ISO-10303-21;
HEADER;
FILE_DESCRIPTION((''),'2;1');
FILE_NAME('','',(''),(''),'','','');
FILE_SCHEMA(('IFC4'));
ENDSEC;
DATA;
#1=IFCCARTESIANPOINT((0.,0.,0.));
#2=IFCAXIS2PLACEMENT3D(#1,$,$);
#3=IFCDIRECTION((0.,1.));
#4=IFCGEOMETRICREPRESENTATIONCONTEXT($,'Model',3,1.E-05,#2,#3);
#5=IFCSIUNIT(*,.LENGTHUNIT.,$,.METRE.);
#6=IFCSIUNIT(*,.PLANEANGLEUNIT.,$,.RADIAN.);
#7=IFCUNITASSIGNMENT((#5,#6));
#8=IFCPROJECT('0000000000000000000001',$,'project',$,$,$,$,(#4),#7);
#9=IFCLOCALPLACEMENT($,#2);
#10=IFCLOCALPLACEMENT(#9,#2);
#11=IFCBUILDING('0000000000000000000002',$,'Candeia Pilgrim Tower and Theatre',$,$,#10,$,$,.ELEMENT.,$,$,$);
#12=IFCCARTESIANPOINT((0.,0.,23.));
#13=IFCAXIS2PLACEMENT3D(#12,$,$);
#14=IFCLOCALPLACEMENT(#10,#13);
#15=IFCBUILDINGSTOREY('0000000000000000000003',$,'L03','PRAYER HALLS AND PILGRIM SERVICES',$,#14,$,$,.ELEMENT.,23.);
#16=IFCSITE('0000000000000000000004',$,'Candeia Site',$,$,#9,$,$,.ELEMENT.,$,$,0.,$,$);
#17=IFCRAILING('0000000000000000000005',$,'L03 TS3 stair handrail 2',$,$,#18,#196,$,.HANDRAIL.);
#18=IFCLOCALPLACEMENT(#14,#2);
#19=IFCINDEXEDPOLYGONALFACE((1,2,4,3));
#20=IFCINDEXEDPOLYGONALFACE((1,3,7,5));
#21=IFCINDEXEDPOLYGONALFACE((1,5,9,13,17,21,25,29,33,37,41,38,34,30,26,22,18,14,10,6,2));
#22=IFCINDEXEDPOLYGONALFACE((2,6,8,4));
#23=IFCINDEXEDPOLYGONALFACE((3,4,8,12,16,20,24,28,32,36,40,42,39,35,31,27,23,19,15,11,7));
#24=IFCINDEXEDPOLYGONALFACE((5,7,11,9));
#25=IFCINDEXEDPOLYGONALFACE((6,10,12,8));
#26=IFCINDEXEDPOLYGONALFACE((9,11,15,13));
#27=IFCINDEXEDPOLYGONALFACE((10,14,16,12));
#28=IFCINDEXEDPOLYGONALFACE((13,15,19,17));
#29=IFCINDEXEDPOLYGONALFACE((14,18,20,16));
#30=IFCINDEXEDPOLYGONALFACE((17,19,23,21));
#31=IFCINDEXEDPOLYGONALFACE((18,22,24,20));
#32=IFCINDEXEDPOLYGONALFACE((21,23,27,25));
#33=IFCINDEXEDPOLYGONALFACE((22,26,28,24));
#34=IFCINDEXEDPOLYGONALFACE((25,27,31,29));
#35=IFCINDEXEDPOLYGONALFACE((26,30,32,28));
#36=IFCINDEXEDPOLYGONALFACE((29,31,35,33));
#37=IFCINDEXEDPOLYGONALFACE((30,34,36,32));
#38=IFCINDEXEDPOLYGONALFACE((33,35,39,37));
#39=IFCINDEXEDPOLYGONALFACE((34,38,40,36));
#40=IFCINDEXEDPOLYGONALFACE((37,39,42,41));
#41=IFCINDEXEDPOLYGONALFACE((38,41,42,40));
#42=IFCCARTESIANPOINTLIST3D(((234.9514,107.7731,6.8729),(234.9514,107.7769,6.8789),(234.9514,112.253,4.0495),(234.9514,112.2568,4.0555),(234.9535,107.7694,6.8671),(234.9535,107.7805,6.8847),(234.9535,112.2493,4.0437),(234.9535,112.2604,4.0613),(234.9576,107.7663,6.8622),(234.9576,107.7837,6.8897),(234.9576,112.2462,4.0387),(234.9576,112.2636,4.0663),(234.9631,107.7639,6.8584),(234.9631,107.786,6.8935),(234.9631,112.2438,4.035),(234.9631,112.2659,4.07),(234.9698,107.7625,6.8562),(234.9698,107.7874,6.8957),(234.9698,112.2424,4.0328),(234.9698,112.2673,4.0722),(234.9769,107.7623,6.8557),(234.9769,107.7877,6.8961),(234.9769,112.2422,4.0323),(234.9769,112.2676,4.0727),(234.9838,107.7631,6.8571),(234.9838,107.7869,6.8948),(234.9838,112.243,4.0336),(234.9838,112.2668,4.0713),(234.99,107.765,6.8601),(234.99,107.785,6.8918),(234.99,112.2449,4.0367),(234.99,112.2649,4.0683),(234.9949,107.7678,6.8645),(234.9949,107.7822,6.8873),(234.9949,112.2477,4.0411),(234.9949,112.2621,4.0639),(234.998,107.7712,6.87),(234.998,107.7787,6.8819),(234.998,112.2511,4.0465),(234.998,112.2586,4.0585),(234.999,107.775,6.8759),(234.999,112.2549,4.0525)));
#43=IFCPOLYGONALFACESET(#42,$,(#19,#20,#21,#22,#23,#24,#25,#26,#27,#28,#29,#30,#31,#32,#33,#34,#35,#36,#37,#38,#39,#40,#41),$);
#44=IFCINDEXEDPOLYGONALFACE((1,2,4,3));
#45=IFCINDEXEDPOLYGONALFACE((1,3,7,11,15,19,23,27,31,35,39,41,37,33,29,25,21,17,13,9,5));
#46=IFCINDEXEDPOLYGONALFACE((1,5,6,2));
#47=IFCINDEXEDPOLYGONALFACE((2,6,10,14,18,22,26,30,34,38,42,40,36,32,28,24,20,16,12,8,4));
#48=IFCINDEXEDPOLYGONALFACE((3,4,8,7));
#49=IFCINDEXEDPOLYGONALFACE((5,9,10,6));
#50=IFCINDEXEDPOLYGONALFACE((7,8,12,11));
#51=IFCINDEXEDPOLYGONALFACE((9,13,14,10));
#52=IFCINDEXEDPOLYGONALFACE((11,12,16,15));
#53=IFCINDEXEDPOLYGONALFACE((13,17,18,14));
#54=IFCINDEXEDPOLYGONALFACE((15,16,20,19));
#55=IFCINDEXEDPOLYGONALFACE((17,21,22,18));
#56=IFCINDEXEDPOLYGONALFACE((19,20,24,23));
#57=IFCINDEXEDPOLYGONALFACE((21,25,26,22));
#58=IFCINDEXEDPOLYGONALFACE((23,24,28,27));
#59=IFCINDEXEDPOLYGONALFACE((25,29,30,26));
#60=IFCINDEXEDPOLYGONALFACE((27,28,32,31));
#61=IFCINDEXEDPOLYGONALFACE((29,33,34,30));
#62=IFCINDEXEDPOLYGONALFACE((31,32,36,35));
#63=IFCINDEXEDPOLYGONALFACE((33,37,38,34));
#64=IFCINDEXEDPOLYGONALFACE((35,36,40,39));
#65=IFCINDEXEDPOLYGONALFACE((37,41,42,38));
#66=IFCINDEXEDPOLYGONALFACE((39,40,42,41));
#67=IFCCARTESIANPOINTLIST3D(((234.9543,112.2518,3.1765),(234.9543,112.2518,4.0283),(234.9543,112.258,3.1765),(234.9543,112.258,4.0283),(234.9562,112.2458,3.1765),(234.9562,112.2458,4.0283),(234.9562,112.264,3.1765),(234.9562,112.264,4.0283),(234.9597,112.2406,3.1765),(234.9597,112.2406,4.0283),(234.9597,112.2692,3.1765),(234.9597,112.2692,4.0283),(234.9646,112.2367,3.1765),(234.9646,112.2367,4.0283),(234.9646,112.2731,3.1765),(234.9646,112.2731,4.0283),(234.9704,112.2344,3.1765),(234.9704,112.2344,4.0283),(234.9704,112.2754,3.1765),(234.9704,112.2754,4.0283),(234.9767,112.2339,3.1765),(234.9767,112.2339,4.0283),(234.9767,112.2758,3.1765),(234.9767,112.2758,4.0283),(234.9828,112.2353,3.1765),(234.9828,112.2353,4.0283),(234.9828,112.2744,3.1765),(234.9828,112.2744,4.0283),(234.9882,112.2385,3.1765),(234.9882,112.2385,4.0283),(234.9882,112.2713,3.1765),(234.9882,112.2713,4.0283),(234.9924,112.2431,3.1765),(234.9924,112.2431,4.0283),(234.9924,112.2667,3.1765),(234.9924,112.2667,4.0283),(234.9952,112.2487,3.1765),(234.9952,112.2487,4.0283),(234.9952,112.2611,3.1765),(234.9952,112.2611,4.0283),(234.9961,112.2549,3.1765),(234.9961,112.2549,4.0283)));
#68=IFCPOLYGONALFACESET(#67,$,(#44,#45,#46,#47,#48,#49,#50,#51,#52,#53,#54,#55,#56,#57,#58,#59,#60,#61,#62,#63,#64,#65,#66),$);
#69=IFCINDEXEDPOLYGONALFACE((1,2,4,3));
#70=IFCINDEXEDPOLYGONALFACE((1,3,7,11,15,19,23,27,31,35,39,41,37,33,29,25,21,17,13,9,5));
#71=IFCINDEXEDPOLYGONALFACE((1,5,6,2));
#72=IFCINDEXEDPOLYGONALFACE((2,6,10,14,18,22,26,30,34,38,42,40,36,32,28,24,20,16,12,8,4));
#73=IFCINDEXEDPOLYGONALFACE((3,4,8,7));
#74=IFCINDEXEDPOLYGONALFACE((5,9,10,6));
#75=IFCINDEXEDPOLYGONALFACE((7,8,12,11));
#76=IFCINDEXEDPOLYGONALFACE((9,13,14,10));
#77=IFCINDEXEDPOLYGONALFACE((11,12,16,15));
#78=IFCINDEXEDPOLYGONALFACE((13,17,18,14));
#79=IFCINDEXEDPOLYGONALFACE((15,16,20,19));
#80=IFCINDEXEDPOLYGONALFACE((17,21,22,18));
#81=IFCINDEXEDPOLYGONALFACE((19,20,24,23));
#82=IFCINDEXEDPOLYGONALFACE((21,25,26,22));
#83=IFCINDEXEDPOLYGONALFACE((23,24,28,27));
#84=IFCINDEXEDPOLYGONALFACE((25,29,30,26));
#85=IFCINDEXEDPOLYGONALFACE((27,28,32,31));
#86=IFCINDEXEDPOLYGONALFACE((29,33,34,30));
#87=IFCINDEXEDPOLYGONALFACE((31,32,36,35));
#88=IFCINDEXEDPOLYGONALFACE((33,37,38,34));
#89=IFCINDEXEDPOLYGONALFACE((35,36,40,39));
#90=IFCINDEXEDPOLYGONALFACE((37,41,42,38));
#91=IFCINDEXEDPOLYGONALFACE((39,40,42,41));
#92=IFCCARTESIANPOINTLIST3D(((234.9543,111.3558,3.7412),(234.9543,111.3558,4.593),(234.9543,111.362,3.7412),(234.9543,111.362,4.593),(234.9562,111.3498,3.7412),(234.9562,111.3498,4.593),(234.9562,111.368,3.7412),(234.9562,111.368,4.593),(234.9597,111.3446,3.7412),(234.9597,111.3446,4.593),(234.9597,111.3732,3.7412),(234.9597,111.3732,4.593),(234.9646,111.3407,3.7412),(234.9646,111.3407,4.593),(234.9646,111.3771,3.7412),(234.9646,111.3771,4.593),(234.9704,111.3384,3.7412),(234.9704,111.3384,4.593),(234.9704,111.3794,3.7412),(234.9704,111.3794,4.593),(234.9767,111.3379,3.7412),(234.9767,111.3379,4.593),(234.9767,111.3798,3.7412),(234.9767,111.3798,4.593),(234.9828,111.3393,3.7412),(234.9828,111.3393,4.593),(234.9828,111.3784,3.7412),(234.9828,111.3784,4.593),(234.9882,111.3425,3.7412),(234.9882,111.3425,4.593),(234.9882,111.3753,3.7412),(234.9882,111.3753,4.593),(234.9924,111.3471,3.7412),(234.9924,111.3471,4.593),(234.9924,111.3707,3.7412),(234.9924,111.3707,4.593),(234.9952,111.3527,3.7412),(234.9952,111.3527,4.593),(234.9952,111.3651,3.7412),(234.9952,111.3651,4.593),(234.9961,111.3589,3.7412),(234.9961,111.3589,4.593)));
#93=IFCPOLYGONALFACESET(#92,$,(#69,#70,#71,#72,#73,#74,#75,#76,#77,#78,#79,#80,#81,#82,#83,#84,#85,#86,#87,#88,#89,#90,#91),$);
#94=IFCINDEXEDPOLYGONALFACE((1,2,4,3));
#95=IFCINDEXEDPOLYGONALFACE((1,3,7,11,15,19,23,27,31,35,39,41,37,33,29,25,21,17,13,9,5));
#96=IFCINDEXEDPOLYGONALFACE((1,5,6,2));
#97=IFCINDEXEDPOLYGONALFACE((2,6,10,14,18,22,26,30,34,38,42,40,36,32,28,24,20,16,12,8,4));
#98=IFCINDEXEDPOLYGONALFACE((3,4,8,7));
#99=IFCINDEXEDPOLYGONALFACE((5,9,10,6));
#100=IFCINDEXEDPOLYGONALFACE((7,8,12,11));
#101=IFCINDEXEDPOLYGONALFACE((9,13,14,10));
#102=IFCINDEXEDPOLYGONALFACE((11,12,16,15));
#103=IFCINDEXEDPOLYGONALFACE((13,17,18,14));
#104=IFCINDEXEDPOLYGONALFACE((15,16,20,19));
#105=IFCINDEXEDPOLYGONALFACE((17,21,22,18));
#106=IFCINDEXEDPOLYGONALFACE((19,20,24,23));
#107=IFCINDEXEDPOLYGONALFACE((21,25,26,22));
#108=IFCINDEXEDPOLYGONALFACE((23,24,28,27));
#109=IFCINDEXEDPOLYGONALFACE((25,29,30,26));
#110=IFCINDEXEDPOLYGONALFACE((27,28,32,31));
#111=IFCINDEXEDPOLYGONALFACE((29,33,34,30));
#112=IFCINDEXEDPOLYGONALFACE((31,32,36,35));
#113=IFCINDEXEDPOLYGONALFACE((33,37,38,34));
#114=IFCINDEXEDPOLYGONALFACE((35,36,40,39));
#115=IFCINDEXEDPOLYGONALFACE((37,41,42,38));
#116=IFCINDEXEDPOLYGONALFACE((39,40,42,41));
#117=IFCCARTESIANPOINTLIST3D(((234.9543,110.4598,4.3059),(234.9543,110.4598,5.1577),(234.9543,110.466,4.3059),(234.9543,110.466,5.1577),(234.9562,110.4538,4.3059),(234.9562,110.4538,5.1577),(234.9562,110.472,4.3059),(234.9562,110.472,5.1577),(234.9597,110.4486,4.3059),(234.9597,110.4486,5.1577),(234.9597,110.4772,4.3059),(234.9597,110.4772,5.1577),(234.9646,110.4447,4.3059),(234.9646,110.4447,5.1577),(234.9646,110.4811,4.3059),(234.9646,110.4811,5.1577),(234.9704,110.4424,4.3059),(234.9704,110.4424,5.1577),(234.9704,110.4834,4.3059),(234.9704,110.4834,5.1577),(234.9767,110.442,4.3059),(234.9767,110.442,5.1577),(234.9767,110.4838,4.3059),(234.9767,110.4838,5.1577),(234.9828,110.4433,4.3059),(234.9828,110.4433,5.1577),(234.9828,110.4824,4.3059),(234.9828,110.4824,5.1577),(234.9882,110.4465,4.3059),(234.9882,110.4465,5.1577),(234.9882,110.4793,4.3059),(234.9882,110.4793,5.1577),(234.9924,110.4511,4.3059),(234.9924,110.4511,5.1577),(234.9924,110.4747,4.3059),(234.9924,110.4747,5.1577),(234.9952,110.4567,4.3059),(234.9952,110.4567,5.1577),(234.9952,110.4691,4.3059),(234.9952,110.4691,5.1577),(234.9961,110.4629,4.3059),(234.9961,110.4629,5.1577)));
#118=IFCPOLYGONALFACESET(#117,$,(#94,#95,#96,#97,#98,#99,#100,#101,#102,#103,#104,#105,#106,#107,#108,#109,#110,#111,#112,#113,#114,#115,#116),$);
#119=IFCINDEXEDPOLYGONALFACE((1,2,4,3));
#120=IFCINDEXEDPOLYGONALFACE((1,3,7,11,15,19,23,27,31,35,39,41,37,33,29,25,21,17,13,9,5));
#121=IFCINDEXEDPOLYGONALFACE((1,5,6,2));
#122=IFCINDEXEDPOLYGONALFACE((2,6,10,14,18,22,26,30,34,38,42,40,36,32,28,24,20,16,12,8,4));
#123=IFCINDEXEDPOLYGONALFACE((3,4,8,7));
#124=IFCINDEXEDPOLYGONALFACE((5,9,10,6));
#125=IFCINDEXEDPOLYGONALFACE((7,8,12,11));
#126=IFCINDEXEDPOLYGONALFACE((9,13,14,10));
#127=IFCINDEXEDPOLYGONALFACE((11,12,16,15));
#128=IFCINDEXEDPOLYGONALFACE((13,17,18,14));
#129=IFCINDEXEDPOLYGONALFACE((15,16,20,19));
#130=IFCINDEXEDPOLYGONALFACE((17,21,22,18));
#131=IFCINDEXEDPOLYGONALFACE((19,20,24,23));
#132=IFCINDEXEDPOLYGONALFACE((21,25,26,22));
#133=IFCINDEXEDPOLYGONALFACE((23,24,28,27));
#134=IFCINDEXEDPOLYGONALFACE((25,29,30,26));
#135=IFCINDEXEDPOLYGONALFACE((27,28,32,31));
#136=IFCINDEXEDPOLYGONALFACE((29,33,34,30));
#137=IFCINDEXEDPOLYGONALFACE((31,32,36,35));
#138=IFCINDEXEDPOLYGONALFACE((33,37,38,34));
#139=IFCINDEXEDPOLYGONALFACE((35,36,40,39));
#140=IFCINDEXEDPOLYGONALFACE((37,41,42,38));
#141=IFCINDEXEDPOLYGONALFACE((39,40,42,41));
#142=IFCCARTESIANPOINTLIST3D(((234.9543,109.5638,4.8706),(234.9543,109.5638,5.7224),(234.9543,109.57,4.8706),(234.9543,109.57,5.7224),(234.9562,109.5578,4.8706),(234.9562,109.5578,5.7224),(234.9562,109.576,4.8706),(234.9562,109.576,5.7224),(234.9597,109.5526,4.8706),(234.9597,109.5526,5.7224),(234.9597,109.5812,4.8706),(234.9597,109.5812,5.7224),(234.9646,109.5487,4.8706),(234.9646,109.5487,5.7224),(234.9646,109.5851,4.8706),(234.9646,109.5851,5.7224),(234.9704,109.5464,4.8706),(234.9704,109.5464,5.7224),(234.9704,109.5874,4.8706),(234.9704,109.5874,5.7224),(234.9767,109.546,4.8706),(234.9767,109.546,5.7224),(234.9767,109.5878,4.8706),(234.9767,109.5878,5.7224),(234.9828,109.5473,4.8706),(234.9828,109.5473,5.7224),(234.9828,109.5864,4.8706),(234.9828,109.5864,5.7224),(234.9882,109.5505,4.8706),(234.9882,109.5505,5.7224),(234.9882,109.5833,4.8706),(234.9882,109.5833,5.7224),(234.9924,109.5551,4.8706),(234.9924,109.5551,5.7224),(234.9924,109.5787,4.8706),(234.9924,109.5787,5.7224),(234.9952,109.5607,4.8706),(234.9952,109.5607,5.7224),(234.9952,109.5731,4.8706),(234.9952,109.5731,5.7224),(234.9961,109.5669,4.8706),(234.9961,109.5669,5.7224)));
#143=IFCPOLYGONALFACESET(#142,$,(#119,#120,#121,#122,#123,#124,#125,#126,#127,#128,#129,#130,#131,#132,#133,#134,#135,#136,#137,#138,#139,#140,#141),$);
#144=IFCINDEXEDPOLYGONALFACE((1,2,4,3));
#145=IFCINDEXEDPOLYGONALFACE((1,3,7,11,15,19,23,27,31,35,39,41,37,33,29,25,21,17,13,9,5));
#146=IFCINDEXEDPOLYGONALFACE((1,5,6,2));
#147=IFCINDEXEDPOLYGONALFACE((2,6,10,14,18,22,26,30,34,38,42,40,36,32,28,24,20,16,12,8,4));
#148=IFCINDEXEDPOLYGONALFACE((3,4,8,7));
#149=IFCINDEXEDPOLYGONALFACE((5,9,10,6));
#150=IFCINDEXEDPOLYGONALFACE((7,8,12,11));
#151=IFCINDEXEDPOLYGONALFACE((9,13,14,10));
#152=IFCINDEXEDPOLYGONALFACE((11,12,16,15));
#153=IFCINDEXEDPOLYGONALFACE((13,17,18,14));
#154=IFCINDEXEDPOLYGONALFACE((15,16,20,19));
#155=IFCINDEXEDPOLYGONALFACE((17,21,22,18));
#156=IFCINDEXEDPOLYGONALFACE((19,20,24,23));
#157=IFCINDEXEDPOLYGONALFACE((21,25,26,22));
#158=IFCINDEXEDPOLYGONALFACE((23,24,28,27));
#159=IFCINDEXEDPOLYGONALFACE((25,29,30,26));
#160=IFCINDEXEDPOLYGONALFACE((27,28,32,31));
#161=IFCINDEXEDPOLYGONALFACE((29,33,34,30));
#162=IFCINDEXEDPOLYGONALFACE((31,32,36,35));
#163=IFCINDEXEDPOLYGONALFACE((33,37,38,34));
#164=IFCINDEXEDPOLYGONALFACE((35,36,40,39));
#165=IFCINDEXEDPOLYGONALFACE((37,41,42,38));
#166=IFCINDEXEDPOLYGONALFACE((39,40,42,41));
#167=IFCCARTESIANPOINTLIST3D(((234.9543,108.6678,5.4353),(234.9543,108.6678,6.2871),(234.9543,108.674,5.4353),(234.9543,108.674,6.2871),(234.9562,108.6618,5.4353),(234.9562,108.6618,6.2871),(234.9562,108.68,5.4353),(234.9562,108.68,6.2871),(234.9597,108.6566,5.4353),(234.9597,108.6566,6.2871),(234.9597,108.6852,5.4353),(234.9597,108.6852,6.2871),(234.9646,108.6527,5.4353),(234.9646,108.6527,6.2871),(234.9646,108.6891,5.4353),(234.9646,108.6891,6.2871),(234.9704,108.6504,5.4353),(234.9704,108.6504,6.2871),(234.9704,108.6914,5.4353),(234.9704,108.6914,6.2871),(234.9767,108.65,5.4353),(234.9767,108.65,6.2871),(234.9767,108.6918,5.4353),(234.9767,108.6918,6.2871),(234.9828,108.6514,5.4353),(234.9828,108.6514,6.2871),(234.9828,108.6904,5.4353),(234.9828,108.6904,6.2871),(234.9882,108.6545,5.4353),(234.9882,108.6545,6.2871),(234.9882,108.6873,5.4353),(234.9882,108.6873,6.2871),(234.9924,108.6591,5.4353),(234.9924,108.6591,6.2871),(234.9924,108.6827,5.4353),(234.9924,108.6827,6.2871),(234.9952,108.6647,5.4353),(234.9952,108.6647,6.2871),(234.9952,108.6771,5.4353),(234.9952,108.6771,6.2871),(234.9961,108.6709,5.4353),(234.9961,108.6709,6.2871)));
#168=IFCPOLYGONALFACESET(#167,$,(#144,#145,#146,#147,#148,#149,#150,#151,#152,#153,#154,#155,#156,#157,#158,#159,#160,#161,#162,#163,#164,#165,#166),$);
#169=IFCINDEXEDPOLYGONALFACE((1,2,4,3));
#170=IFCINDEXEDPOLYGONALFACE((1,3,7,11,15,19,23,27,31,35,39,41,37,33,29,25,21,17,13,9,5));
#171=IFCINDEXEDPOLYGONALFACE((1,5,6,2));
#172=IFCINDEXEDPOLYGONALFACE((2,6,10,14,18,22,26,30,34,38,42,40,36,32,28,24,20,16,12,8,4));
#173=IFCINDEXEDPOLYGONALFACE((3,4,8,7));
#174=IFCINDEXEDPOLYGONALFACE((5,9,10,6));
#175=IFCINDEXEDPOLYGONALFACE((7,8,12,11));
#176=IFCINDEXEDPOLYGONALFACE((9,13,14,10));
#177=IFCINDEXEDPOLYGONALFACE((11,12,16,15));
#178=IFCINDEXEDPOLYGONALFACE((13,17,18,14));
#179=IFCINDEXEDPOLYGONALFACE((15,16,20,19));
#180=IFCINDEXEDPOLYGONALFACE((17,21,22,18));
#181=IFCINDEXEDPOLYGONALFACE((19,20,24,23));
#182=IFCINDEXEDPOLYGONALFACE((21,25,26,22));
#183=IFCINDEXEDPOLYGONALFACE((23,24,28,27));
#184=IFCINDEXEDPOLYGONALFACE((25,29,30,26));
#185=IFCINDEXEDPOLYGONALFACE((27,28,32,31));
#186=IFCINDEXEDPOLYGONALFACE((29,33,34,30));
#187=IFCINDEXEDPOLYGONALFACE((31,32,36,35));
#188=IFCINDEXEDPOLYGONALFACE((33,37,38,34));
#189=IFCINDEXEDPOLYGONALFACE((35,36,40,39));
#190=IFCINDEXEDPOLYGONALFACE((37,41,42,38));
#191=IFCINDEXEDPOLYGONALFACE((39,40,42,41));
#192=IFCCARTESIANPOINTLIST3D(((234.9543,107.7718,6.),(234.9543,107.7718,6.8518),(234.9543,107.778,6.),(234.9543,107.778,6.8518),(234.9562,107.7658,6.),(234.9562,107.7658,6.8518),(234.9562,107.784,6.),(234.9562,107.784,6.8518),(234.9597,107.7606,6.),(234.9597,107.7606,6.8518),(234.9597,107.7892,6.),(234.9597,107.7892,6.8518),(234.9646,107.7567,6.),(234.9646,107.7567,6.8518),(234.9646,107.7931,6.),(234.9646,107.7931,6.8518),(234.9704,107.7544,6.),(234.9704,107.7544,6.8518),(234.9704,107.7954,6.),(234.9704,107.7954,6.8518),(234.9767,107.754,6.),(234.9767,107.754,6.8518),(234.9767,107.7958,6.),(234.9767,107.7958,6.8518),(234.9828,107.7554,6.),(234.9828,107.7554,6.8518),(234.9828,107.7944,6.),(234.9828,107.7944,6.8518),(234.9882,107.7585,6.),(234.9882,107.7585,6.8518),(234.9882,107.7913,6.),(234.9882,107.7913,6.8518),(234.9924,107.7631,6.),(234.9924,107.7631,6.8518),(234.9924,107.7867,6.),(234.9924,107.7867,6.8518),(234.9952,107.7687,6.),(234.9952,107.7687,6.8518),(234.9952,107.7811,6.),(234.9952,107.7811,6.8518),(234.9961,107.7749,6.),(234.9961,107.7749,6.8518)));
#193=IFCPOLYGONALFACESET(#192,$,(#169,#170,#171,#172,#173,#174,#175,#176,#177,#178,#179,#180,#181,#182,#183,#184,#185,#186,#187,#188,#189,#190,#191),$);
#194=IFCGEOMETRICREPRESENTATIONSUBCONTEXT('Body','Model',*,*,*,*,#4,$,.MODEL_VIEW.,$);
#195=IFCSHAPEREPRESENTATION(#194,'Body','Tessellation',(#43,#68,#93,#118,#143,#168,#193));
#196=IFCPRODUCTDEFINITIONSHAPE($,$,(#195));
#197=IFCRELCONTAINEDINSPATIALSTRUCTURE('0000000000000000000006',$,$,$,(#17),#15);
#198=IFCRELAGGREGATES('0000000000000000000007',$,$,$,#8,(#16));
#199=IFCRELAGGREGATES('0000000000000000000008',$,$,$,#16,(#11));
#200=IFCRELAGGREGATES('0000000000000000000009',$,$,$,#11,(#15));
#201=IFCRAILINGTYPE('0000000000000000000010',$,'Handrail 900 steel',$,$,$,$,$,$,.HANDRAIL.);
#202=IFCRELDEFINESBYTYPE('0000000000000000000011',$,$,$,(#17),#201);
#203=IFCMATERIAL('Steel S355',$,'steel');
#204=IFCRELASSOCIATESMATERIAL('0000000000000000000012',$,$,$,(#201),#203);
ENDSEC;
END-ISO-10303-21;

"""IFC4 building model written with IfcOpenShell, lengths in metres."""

from ifc_helpers import new_model, si_unit, direction, frame, origin, origin_2d, place, context, subcontext, project, spatial, circle, extrude, material, type_object, element, save


model = new_model("IFC4")

# Units and contexts
model_context = context("Model", 3, precision=1e-05, world=origin(), true_north=direction((0.0, 1.0)))
body_context = subcontext(model_context, "Body", "Model", "MODEL_VIEW")
ifc_project = project(units=[si_unit("LENGTHUNIT", "METRE"), si_unit("PLANEANGLEUNIT", "RADIAN")], contexts=[model_context])

# Site, building, storey
site_placement = place(None, origin())
site = spatial("IfcSite", under=ifc_project, at=site_placement, Name="Candeia Site", CompositionType="ELEMENT", RefElevation=0.0)
building_placement = place(site_placement, origin())
building = spatial("IfcBuilding", under=site, at=building_placement, Name="Candeia Pilgrim Tower and Theatre", CompositionType="ELEMENT")
storey_placement = place(building_placement, frame((0.0, 0.0, 23.0)))
storey = spatial("IfcBuildingStorey", under=building, at=storey_placement, Name="L03", Description="PRAYER HALLS AND PILGRIM SERVICES", CompositionType="ELEMENT", Elevation=23.0)

# Railing
ifc_material_1 = material(Name="Steel S355", Category="steel")
railing_type_1 = type_object("IfcRailingType", Name="Handrail 900 steel", PredefinedType="HANDRAIL", material=ifc_material_1)
railing_1_placement = place(storey_placement, frame((234.9751, 112.2549, 3.1765)))
element("IfcRailing", 1, at=railing_1_placement, inside=storey, type_object=railing_type_1, Name="L03 TS3 stair handrail 2", PredefinedType="HANDRAIL", context=body_context, shape_type="SweptSolid", body=[
    extrude(circle(Radius=0.0239, at=origin_2d()), frame((0.0, 0.0, 0.876), z_axis=(0.0, -0.845998, 0.533186), x_axis=(1.0, 0.0, 0.0)), (0.0, 0.0, 1.0), 5.2954),
    extrude(circle(Radius=0.021, at=origin_2d()), origin(), (0.0, 0.0, 1.0), 0.8518),
    extrude(circle(Radius=0.021, at=origin_2d()), frame((0.0, -0.896, 0.5647)), (0.0, 0.0, 1.0), 0.8518),
    extrude(circle(Radius=0.021, at=origin_2d()), frame((0.0, -1.792, 1.1294)), (0.0, 0.0, 1.0), 0.8518),
    extrude(circle(Radius=0.021, at=origin_2d()), frame((0.0, -2.688, 1.6941)), (0.0, 0.0, 1.0), 0.8518),
    extrude(circle(Radius=0.021, at=origin_2d()), frame((0.0, -3.584, 2.2588)), (0.0, 0.0, 1.0), 0.8518),
    extrude(circle(Radius=0.021, at=origin_2d()), frame((0.0, -4.48, 2.8235)), (0.0, 0.0, 1.0), 0.8518),
])

save(model, "model.ifc")
